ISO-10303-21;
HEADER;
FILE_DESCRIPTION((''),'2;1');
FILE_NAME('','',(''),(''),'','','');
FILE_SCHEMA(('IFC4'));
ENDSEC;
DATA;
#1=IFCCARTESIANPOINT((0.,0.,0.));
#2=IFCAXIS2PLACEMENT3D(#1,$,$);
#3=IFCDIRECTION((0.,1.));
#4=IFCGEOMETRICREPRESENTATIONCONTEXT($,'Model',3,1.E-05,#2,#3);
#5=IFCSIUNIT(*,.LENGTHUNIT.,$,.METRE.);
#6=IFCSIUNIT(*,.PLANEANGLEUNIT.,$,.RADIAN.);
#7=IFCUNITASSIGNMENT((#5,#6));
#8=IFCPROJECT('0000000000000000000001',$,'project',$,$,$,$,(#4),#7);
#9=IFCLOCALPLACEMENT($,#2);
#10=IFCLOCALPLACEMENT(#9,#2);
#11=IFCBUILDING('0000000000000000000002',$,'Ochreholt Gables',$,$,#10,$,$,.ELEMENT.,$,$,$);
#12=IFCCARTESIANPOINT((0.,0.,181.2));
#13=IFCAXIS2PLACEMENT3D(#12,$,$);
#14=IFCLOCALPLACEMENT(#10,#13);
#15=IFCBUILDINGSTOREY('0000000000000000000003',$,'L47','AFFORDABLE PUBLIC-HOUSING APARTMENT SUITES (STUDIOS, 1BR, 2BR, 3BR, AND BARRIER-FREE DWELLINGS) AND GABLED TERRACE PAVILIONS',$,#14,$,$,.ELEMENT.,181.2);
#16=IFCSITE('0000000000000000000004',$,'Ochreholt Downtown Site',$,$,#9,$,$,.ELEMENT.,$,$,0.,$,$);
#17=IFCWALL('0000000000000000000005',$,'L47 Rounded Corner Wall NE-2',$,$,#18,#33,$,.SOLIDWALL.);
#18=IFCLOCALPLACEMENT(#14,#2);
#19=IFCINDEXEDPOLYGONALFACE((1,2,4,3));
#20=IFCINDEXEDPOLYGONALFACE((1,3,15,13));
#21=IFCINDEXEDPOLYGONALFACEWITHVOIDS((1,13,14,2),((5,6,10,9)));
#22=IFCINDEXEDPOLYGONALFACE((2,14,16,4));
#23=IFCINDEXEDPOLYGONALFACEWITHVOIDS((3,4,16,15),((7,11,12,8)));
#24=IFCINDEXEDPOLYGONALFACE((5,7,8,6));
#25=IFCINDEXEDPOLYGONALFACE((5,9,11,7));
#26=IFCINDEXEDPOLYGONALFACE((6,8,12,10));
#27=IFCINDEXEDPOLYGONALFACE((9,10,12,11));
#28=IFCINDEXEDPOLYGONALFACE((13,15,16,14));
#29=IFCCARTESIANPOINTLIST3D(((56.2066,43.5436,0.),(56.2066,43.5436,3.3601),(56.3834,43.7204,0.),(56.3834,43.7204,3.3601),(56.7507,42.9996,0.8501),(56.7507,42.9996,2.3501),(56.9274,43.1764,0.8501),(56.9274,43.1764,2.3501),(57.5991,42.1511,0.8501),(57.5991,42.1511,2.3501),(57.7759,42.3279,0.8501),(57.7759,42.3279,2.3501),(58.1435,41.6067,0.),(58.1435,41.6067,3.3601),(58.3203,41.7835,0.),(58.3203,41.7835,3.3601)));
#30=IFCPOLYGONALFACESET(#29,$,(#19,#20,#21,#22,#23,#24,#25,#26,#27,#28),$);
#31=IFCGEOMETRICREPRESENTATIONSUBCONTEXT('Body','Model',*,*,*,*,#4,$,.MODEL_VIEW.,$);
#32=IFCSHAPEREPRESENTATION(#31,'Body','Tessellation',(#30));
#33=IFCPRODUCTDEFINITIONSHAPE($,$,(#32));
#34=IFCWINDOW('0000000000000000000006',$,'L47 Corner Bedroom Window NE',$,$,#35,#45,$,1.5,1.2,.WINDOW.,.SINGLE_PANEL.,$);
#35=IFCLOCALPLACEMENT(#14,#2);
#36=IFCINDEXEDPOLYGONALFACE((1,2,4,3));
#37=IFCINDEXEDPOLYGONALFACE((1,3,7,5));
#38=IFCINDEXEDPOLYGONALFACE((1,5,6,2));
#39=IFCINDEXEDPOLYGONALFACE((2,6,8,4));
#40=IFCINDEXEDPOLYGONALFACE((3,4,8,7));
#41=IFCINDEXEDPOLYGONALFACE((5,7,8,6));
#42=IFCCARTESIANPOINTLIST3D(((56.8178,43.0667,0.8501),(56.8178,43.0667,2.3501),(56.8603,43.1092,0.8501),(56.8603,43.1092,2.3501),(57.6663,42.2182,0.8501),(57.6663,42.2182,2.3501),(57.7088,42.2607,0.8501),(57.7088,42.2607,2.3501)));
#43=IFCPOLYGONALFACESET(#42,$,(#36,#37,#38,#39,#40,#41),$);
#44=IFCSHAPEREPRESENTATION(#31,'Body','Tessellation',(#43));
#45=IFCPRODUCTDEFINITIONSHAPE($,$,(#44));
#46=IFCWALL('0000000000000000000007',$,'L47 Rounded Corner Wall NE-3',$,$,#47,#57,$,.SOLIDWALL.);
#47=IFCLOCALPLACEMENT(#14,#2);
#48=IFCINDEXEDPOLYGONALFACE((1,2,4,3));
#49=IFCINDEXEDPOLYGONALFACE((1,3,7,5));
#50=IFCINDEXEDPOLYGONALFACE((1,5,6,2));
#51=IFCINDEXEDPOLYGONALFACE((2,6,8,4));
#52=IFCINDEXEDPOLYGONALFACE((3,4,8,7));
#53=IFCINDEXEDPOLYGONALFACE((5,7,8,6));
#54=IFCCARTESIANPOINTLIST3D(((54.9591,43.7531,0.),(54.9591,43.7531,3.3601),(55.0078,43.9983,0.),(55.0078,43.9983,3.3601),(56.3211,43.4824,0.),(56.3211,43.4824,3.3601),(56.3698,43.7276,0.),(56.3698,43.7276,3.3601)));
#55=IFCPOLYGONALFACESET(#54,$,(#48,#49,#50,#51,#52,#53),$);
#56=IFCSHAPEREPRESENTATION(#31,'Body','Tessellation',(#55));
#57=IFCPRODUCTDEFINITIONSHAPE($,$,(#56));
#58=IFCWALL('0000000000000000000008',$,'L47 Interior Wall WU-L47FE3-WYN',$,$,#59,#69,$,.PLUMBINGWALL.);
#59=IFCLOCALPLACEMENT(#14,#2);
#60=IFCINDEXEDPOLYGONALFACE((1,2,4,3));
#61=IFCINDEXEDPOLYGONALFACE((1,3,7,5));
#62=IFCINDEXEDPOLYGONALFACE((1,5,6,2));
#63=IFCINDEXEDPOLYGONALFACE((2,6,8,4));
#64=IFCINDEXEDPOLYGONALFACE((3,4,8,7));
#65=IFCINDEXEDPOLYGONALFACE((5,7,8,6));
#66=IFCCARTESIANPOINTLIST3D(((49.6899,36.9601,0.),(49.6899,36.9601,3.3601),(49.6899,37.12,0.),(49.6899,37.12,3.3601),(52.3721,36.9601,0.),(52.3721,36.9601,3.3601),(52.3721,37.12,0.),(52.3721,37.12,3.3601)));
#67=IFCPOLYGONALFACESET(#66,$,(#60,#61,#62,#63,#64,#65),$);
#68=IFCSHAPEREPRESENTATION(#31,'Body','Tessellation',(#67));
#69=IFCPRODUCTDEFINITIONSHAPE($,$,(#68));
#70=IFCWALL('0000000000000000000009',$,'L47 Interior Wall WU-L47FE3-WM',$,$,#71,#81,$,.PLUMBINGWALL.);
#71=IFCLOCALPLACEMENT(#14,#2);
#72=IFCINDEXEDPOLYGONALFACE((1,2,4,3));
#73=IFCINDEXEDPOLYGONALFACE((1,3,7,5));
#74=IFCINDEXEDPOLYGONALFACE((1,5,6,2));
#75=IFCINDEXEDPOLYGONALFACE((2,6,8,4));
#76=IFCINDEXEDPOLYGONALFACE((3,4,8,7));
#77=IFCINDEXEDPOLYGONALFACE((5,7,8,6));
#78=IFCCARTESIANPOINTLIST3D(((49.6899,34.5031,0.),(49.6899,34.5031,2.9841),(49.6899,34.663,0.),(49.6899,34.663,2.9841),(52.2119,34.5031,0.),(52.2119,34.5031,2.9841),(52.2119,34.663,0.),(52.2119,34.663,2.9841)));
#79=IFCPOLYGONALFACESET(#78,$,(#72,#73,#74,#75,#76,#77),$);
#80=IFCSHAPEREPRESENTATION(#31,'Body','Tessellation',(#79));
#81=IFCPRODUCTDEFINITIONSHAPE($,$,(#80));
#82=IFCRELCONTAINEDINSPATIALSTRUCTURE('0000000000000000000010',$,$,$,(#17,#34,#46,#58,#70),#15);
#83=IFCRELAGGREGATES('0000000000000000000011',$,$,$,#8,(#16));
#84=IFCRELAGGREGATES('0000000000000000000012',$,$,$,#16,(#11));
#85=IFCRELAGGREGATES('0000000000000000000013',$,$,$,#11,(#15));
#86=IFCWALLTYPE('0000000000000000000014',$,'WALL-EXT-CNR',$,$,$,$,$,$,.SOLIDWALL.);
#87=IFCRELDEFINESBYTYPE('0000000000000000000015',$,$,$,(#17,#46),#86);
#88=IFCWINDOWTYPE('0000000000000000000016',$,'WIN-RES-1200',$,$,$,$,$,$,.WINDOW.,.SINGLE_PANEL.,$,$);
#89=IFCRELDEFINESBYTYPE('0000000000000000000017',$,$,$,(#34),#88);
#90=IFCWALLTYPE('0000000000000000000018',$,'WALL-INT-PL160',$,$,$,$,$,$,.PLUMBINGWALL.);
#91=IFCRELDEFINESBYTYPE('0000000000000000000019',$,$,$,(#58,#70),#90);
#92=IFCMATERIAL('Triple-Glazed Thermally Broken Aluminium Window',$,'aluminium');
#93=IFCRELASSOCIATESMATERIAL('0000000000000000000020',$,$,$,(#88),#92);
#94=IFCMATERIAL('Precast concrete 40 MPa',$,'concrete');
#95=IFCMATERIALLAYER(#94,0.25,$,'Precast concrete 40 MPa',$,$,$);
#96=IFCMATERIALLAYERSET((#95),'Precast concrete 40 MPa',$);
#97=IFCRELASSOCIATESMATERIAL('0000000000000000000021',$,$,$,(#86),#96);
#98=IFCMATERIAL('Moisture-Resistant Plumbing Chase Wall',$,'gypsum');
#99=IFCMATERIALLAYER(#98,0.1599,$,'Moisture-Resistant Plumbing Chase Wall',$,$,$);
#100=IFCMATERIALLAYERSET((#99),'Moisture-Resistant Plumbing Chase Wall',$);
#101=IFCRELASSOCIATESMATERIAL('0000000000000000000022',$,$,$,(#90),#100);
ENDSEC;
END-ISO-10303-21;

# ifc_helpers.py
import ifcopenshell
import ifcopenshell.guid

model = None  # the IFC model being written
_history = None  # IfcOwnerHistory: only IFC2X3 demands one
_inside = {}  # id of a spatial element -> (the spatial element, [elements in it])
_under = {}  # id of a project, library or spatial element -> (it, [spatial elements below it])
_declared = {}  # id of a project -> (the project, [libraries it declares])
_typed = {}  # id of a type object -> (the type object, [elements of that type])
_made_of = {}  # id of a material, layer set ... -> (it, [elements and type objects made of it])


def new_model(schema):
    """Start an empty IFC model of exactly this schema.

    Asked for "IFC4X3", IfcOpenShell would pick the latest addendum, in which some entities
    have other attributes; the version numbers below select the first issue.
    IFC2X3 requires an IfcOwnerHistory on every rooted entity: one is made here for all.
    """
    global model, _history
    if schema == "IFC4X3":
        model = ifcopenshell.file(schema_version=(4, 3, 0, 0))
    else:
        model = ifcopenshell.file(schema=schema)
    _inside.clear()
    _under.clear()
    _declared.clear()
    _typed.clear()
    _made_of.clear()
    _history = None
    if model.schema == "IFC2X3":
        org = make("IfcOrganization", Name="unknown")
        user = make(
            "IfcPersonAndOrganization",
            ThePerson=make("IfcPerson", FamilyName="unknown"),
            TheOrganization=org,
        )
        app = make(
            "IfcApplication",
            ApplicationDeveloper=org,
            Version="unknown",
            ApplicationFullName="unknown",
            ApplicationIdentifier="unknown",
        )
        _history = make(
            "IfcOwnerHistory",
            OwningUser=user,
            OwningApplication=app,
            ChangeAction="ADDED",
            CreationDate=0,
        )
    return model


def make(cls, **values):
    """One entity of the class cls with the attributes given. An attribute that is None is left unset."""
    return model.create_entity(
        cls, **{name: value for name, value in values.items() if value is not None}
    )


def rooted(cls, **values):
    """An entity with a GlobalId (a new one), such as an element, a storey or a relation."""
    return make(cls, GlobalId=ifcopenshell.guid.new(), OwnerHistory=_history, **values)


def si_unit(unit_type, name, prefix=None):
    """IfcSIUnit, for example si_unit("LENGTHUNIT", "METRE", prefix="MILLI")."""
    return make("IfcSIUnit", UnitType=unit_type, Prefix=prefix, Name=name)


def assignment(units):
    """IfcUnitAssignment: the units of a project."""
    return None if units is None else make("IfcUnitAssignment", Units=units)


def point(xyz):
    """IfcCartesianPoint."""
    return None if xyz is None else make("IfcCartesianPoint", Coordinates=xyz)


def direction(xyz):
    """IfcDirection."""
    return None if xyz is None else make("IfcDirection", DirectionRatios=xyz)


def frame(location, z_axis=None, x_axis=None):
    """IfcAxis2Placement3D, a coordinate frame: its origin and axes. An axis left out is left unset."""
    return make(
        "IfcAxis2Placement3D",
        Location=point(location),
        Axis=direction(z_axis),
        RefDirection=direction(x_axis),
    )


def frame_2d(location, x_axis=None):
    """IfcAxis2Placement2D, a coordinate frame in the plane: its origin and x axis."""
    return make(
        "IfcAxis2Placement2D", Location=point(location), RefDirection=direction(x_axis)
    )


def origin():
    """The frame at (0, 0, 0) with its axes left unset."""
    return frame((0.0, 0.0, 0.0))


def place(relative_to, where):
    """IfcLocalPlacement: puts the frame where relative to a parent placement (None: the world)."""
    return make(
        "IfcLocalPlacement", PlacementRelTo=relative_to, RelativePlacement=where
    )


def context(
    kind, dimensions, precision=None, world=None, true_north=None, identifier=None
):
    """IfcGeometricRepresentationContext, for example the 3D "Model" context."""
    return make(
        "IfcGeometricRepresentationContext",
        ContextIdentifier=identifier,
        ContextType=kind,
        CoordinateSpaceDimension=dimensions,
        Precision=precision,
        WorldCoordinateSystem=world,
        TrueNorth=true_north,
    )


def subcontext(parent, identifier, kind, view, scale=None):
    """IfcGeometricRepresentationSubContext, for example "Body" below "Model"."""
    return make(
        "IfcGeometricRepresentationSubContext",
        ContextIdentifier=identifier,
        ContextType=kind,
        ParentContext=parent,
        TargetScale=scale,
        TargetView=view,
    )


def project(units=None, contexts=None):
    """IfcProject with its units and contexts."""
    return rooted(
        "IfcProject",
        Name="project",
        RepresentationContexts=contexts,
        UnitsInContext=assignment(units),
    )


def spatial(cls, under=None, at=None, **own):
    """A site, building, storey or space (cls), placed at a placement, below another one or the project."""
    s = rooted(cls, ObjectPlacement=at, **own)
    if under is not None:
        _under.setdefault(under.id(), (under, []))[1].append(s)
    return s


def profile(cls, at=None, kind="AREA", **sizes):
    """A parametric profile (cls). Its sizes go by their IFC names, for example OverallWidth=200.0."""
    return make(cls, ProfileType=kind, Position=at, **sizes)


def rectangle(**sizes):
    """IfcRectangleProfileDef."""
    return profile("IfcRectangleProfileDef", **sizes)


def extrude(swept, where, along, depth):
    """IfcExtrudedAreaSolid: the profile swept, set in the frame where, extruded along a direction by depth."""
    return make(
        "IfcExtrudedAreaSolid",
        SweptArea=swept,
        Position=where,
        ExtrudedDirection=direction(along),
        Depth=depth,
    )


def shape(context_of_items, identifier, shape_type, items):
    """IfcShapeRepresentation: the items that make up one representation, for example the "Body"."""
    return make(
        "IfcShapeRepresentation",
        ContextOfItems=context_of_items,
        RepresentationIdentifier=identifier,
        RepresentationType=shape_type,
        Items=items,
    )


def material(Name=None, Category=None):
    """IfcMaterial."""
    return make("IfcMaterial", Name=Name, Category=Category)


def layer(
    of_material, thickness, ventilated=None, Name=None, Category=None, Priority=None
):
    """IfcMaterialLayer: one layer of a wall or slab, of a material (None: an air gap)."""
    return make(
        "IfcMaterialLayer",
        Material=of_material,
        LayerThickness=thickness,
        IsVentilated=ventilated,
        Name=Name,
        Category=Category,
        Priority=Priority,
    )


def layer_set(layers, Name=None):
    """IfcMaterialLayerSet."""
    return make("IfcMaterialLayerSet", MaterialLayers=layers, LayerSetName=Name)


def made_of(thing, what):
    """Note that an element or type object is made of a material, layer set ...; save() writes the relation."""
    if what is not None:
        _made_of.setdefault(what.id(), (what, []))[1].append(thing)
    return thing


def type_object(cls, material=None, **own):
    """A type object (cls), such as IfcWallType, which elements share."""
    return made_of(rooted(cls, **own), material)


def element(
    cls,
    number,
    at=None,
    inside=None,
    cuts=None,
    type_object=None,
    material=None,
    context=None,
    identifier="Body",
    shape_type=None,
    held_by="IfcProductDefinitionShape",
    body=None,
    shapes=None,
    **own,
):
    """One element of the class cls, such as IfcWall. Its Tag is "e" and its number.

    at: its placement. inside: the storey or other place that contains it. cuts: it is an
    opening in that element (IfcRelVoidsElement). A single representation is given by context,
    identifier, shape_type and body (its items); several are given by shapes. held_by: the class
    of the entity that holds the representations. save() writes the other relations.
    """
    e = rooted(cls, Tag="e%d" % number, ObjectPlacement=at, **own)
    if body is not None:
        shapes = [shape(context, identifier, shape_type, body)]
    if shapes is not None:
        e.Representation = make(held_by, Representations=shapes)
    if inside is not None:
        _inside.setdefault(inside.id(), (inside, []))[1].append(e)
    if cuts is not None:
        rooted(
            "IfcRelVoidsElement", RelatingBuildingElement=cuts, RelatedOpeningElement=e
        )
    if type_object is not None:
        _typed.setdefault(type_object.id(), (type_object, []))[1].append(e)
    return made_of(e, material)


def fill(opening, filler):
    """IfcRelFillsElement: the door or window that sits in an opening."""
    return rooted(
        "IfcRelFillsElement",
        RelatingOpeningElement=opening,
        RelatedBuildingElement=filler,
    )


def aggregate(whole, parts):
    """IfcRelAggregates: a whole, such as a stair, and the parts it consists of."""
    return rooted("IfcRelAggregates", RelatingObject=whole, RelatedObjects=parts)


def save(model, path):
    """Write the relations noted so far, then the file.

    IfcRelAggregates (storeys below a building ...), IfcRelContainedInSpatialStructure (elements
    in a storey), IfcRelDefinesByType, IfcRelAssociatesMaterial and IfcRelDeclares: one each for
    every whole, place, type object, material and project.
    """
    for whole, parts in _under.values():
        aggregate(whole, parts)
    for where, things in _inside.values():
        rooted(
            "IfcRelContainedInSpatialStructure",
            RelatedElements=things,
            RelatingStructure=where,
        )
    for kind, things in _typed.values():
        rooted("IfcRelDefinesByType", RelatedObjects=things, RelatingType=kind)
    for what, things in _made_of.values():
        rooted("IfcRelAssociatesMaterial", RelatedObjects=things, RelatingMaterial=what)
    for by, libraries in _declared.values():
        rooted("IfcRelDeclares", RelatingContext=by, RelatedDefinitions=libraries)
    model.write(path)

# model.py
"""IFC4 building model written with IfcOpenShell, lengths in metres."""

from ifc_helpers import new_model, si_unit, direction, frame, frame_2d, origin, place, context, subcontext, project, spatial, rectangle, extrude, material, layer, layer_set, type_object, element, fill, save


model = new_model("IFC4")

# Units and contexts
model_context = context("Model", 3, precision=1e-05, world=origin(), true_north=direction((0.0, 1.0)))
body_context = subcontext(model_context, "Body", "Model", "MODEL_VIEW")
ifc_project = project(units=[si_unit("LENGTHUNIT", "METRE"), si_unit("PLANEANGLEUNIT", "RADIAN")], contexts=[model_context])

# Site, building, storey
site_placement = place(None, origin())
site = spatial("IfcSite", under=ifc_project, at=site_placement, Name="Ochreholt Downtown Site", CompositionType="ELEMENT", RefElevation=0.0)
building_placement = place(site_placement, origin())
building = spatial("IfcBuilding", under=site, at=building_placement, Name="Ochreholt Gables", CompositionType="ELEMENT")
storey_placement = place(building_placement, frame((0.0, 0.0, 181.2)))
storey = spatial("IfcBuildingStorey", under=building, at=storey_placement, Name="L47", Description="AFFORDABLE PUBLIC-HOUSING APARTMENT SUITES (STUDIOS, 1BR, 2BR, 3BR, AND BARRIER-FREE DWELLINGS) AND GABLED TERRACE PAVILIONS", CompositionType="ELEMENT", Elevation=181.2)

# Shared definitions
ifc_material_1 = material(Name="Precast concrete 40 MPa", Category="concrete")
ifc_material_2 = material(Name="Triple-Glazed Thermally Broken Aluminium Window", Category="aluminium")
window_type_1 = type_object("IfcWindowType", Name="WIN-RES-1200", PartitioningType="SINGLE_PANEL", PredefinedType="WINDOW", material=ifc_material_2)

# Shared definitions
ifc_layer_1 = layer(ifc_material_1, 0.25, Name="Precast concrete 40 MPa")
ifc_layer_set_1 = layer_set([ifc_layer_1], Name="Precast concrete 40 MPa")
wall_type_1 = type_object("IfcWallType", Name="WALL-EXT-CNR", PredefinedType="SOLIDWALL", material=ifc_layer_set_1)

# Wall, opening, window
wall_1_placement = place(storey_placement, frame((58.2319, 41.6951, 0.0), z_axis=(0.0, 0.0, 1.0), x_axis=(-0.707107, 0.707107, 0.0)))
wall_1 = element("IfcWall", 1, at=wall_1_placement, inside=storey, type_object=wall_type_1, Name="L47 Rounded Corner Wall NE-2", PredefinedType="SOLIDWALL", context=body_context, shape_type="SweptSolid", body=[
    extrude(rectangle(XDim=2.7393, YDim=0.25, at=frame_2d((1.3696, 0.0))), origin(), (0.0, 0.0, 1.0), 3.3601),
])
opening_1_placement = place(wall_1_placement, frame((0.7698, 0.0, 0.8501)))
opening_1 = element("IfcOpeningElement", 2, at=opening_1_placement, cuts=wall_1, PredefinedType="OPENING", context=body_context, shape_type="SweptSolid", body=[
    extrude(rectangle(XDim=1.2, YDim=1.5, at=frame_2d((0.6001, 0.75))), frame((0.0, 0.135, 0.0), z_axis=(0.0, -1.0, 0.0), x_axis=(1.0, 0.0, 0.0)), (0.0, 0.0, 1.0), 0.27),
])
window_1_placement = place(opening_1_placement, origin())
window_1 = element("IfcWindow", 3, at=window_1_placement, inside=storey, type_object=window_type_1, Name="L47 Corner Bedroom Window NE", OverallHeight=1.5, OverallWidth=1.2, PartitioningType="SINGLE_PANEL", PredefinedType="WINDOW", context=body_context, shape_type="SweptSolid", body=[
    extrude(rectangle(XDim=1.2, YDim=1.5, at=frame_2d((0.6001, 0.75))), frame((0.0, 0.03, 0.0), z_axis=(0.0, -1.0, 0.0), x_axis=(1.0, 0.0, 0.0)), (0.0, 0.0, 1.0), 0.0601),
])
fill(opening_1, window_1)

# Walls
wall_2_placement = place(storey_placement, frame((56.3455, 43.605, 0.0), z_axis=(0.0, 0.0, 1.0), x_axis=(-0.98081, 0.194967, 0.0)))
element("IfcWall", 4, at=wall_2_placement, inside=storey, type_object=wall_type_1, Name="L47 Rounded Corner Wall NE-3", PredefinedType="SOLIDWALL", context=body_context, shape_type="SweptSolid", body=[
    extrude(rectangle(XDim=1.3887, YDim=0.25, at=frame_2d((0.6943, 0.0))), origin(), (0.0, 0.0, 1.0), 3.3601),
])
ifc_material_3 = material(Name="Moisture-Resistant Plumbing Chase Wall", Category="gypsum")
ifc_layer_2 = layer(ifc_material_3, 0.1599, Name="Moisture-Resistant Plumbing Chase Wall")
ifc_layer_set_2 = layer_set([ifc_layer_2], Name="Moisture-Resistant Plumbing Chase Wall")
wall_type_2 = type_object("IfcWallType", Name="WALL-INT-PL160", PredefinedType="PLUMBINGWALL", material=ifc_layer_set_2)
wall_3_placement = place(storey_placement, frame((49.6899, 37.04, 0.0), z_axis=(0.0, 0.0, 1.0), x_axis=(1.0, 0.0, 0.0)))
element("IfcWall", 5, at=wall_3_placement, inside=storey, type_object=wall_type_2, Name="L47 Interior Wall WU-L47FE3-WYN", PredefinedType="PLUMBINGWALL", context=body_context, shape_type="SweptSolid", body=[
    extrude(rectangle(XDim=2.6821, YDim=0.1599, at=frame_2d((1.3411, 0.0))), origin(), (0.0, 0.0, 1.0), 3.3601),
])
wall_4_placement = place(storey_placement, frame((49.6899, 34.583, 0.0), z_axis=(0.0, 0.0, 1.0), x_axis=(1.0, 0.0, 0.0)))
element("IfcWall", 6, at=wall_4_placement, inside=storey, type_object=wall_type_2, Name="L47 Interior Wall WU-L47FE3-WM", PredefinedType="PLUMBINGWALL", context=body_context, shape_type="SweptSolid", body=[
    extrude(rectangle(XDim=2.522, YDim=0.1599, at=frame_2d((1.261, 0.0))), origin(), (0.0, 0.0, 1.0), 2.9841),
])

save(model, "model.ifc")
